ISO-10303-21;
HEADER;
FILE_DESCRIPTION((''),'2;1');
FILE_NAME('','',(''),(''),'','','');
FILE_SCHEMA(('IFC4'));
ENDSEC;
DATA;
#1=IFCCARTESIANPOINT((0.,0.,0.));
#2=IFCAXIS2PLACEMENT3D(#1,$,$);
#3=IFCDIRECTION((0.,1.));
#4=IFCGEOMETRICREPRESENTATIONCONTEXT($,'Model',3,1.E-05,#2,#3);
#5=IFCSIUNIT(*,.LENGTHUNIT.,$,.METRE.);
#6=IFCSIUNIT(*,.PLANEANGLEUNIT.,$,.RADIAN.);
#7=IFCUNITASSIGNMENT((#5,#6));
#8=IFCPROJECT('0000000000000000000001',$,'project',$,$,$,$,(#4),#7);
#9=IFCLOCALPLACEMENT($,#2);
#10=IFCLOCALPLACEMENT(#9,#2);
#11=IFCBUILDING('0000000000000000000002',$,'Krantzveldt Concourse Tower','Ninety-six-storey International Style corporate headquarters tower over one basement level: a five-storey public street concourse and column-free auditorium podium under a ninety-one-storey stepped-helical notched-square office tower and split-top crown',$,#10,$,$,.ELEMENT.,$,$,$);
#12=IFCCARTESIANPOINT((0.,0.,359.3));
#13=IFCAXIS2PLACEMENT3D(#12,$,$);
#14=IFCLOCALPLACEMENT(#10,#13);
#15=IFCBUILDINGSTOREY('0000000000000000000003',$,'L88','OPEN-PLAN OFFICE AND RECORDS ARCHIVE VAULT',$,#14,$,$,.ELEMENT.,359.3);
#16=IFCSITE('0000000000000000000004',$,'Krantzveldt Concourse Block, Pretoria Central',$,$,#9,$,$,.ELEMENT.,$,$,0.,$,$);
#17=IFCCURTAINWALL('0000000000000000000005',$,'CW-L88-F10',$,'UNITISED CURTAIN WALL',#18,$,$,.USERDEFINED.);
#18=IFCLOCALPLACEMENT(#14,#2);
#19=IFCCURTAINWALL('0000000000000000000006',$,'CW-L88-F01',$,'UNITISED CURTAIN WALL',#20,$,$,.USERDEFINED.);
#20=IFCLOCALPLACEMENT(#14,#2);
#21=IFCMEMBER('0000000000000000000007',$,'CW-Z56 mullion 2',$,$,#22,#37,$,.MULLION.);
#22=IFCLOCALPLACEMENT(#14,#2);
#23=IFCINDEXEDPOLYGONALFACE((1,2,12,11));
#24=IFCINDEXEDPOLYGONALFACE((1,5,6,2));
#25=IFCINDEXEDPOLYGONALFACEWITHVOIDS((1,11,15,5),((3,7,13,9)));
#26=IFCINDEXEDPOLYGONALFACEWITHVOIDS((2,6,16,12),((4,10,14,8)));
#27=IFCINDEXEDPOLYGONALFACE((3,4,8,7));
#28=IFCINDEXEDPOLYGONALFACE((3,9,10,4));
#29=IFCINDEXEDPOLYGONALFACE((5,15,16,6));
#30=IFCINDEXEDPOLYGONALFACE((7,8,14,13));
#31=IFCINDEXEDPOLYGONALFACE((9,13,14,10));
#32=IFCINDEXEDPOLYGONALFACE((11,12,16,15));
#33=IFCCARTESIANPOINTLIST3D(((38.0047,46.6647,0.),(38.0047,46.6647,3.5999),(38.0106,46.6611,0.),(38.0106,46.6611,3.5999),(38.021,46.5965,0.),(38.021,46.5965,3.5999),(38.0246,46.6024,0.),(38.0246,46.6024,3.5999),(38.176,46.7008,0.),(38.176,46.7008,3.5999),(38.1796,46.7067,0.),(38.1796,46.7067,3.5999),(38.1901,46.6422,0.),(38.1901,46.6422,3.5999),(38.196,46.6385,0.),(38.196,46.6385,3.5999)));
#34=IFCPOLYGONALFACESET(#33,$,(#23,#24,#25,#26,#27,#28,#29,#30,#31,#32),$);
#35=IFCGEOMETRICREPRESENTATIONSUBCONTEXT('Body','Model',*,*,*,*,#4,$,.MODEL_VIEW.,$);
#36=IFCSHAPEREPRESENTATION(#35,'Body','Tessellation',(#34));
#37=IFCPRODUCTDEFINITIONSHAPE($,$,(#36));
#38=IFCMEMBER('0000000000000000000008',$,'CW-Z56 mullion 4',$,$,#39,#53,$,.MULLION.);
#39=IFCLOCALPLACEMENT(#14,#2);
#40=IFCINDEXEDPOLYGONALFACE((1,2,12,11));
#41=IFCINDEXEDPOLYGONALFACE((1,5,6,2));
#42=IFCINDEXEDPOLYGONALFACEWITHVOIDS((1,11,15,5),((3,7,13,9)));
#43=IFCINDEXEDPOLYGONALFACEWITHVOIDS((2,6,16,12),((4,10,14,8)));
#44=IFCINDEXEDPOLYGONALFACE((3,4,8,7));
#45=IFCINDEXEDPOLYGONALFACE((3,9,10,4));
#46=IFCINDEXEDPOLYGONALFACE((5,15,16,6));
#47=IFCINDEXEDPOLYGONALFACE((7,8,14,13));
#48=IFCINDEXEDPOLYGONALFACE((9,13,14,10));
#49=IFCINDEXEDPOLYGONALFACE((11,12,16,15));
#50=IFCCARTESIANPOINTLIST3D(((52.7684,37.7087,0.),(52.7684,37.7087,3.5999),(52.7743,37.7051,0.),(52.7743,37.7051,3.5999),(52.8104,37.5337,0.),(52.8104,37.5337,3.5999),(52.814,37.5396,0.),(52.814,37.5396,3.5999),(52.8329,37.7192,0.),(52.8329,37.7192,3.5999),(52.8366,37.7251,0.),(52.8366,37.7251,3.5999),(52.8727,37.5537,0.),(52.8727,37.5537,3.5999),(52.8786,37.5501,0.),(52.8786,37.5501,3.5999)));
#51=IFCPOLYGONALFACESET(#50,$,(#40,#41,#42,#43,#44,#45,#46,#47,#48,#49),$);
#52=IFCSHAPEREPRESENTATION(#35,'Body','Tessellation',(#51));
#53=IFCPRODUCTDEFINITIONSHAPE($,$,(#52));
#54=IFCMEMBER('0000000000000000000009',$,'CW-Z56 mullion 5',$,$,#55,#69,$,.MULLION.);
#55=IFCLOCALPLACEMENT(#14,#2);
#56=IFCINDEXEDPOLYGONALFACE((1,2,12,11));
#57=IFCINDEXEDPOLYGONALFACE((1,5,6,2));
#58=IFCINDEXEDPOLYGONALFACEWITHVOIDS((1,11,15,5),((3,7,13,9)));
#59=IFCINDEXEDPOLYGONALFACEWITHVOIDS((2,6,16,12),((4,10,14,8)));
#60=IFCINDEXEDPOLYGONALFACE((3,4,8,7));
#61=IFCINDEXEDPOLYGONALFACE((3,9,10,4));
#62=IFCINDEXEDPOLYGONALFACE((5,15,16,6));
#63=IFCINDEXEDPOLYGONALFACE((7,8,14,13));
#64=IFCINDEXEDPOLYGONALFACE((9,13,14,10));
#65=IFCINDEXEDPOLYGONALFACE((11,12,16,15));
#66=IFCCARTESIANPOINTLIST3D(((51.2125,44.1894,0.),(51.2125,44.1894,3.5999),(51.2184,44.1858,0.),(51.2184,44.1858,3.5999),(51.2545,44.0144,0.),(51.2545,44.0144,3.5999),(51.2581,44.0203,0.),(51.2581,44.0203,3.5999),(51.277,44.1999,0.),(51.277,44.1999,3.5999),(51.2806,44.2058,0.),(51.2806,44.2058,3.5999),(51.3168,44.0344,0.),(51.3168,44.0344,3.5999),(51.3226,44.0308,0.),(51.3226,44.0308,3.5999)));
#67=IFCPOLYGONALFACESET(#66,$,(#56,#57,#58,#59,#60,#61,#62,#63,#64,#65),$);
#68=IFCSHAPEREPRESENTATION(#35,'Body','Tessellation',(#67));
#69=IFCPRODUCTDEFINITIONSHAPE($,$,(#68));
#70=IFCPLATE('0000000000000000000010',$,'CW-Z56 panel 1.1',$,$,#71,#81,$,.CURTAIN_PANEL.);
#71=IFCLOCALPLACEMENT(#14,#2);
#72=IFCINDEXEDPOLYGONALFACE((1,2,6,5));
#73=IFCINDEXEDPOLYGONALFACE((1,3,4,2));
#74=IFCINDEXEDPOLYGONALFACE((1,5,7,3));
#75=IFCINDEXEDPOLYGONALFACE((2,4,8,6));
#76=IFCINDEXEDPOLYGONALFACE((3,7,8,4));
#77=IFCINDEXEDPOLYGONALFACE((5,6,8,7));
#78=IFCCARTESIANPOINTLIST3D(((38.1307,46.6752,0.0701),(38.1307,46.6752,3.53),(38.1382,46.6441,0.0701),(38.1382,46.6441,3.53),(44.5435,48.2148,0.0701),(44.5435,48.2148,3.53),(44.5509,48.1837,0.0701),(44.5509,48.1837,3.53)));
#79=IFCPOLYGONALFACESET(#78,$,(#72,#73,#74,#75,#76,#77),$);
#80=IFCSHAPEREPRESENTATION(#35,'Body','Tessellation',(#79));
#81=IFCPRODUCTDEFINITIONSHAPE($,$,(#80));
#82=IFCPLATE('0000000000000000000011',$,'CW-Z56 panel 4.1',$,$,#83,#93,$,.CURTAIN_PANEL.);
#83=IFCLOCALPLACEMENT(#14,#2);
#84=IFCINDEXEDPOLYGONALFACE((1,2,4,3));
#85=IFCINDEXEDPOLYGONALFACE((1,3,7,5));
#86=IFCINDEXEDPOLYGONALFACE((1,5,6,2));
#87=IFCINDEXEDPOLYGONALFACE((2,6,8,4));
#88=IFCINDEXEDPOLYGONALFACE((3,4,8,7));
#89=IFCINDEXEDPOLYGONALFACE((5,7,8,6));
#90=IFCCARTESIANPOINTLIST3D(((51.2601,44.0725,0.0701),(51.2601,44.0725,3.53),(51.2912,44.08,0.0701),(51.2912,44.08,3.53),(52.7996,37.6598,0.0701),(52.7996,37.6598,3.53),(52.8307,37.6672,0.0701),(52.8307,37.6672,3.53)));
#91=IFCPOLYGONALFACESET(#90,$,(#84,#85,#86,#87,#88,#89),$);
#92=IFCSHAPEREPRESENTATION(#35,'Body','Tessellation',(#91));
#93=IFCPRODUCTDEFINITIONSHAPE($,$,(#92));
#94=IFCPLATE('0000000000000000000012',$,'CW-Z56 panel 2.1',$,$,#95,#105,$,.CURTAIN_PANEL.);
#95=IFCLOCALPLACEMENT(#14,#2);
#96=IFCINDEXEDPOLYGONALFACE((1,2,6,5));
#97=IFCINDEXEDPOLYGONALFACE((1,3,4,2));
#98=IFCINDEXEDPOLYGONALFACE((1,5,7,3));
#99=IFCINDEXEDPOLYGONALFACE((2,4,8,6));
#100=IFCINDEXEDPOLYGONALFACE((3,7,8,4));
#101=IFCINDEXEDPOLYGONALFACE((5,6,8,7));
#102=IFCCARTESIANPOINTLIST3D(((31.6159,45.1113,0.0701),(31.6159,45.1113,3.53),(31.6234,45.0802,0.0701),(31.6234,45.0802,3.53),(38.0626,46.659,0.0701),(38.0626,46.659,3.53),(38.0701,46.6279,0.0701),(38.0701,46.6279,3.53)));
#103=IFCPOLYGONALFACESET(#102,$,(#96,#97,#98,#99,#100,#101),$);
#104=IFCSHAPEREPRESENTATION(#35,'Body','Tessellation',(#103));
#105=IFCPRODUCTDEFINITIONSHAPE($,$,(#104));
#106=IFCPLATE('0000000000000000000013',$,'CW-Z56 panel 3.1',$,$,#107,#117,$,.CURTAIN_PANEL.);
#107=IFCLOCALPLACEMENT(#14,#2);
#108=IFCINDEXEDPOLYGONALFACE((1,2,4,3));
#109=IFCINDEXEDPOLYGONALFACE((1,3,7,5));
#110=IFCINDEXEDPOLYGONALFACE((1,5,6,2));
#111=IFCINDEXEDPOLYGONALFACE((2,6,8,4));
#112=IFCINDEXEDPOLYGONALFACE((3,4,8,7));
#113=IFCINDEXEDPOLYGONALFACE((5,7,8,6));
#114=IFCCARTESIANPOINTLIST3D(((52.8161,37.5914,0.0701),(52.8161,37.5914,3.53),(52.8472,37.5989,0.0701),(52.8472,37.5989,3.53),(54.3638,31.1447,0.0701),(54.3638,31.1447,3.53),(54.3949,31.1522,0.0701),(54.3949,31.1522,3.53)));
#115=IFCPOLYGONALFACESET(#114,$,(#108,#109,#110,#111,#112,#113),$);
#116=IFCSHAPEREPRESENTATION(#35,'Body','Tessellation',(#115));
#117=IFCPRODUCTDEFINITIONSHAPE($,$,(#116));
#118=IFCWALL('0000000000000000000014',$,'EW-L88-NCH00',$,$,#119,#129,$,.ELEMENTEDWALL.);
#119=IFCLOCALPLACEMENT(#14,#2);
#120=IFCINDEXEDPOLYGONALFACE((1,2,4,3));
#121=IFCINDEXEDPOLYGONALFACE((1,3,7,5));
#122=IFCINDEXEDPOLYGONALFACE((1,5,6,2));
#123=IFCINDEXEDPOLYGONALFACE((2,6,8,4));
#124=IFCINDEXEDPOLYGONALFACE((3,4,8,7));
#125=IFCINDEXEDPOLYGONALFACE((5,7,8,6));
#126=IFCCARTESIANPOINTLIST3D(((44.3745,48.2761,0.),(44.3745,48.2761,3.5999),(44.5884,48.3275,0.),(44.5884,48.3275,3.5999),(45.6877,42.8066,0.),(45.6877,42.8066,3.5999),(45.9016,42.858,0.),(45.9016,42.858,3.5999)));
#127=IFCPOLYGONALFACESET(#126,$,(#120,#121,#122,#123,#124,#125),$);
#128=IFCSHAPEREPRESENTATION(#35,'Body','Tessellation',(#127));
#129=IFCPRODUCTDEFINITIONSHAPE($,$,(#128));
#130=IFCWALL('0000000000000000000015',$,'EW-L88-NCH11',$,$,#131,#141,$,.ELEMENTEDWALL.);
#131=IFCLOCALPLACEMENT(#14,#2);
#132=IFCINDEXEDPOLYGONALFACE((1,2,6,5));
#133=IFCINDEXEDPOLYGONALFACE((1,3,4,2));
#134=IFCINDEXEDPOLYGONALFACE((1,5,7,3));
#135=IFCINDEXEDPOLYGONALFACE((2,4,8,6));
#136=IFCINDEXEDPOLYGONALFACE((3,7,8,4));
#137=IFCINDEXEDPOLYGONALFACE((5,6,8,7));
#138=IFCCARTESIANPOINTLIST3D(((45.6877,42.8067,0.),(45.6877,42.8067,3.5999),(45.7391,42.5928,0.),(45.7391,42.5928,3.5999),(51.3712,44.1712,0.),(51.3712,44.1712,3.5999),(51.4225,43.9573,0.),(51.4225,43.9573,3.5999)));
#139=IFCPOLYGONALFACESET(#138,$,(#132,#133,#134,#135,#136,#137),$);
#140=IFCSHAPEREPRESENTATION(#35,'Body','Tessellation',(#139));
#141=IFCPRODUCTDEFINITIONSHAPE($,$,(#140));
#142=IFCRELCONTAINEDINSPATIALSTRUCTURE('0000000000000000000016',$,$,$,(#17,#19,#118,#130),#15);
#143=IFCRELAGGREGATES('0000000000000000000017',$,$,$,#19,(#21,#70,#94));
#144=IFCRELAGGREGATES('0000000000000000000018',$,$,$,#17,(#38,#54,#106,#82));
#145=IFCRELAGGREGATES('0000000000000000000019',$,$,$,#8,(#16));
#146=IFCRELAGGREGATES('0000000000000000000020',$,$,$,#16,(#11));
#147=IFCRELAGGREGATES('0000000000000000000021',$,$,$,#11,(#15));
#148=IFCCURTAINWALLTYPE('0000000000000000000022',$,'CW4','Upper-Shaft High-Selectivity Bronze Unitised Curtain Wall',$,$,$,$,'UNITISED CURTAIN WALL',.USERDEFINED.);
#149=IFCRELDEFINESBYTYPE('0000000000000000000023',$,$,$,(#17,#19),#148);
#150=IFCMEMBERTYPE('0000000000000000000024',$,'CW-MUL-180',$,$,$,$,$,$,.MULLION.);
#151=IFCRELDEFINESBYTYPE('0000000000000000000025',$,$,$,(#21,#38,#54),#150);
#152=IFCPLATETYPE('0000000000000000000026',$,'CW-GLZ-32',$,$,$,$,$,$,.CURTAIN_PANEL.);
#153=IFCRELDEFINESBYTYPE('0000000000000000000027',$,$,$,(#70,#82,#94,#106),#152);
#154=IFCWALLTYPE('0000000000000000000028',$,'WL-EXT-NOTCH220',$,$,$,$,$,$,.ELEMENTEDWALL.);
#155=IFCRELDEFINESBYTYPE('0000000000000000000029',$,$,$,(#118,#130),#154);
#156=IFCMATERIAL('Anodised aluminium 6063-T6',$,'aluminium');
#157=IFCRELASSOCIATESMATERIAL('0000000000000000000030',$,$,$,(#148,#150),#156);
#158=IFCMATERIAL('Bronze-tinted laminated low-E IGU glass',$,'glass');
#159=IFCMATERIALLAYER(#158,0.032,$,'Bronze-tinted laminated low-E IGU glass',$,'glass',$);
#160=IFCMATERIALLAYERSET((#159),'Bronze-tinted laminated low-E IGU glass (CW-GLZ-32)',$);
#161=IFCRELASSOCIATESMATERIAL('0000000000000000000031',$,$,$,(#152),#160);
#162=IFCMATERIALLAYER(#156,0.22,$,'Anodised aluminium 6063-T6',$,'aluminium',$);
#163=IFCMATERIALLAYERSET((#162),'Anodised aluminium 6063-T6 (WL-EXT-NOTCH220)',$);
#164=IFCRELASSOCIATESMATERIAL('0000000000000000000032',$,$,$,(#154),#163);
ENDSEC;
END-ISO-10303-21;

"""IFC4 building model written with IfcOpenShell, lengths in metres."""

from ifc_helpers import new_model, si_unit, direction, frame, frame_2d, origin, origin_2d, place, context, subcontext, project, spatial, rectangle, hollow_rectangle, extrude, source, transform, mapped, material, layer, layer_set, material_profile, profile_set, type_object, type_shapes, element, aggregate, save


model = new_model("IFC4")

# Units and contexts
model_context = context("Model", 3, precision=1e-05, world=origin(), true_north=direction((0.0, 1.0)))
body_context = subcontext(model_context, "Body", "Model", "MODEL_VIEW")
ifc_project = project(units=[si_unit("LENGTHUNIT", "METRE"), si_unit("PLANEANGLEUNIT", "RADIAN")], contexts=[model_context])

# Site, building, storey
site_placement = place(None, origin())
site = spatial("IfcSite", under=ifc_project, at=site_placement, Name="Krantzveldt Concourse Block, Pretoria Central", CompositionType="ELEMENT", RefElevation=0.0)
building_placement = place(site_placement, origin())
building = spatial("IfcBuilding", under=site, at=building_placement, Name="Krantzveldt Concourse Tower", Description="Ninety-six-storey International Style corporate headquarters tower over one basement level: a five-storey public street concourse and column-free auditorium podium under a ninety-one-storey stepped-helical notched-square office tower and split-top crown", CompositionType="ELEMENT")
storey_placement = place(building_placement, frame((0.0, 0.0, 359.3)))
storey = spatial("IfcBuildingStorey", under=building, at=storey_placement, Name="L88", Description="OPEN-PLAN OFFICE AND RECORDS ARCHIVE VAULT", CompositionType="ELEMENT", Elevation=359.3)

# Curtain walls, member
ifc_material_1 = material(Name="Anodised aluminium 6063-T6", Category="aluminium")
curtain_wall_type = type_object("IfcCurtainWallType", Name="CW4", Description="Upper-Shaft High-Selectivity Bronze Unitised Curtain Wall", ElementType="UNITISED CURTAIN WALL", PredefinedType="USERDEFINED", material=ifc_material_1)
curtain_wall_1_placement = place(storey_placement, origin())
curtain_wall_1 = element("IfcCurtainWall", 1, at=curtain_wall_1_placement, inside=storey, type_object=curtain_wall_type, Name="CW-L88-F10", ObjectType="UNITISED CURTAIN WALL", PredefinedType="USERDEFINED")
curtain_wall_2_placement = place(storey_placement, origin())
curtain_wall_2 = element("IfcCurtainWall", 2, at=curtain_wall_2_placement, inside=storey, type_object=curtain_wall_type, Name="CW-L88-F01", ObjectType="UNITISED CURTAIN WALL", PredefinedType="USERDEFINED")
ifc_material_profile_1 = material_profile(ifc_material_1, hollow_rectangle(XDim=0.0701, YDim=0.1799, WallThickness=0.0049, at=origin_2d()), Name="Anodised aluminium 6063-T6", Category="aluminium")
ifc_profile_set_1 = profile_set([ifc_material_profile_1], Name="Anodised aluminium 6063-T6 - ALU-MULL 180x70x5")
member_type_1 = type_object("IfcMemberType", Name="CW-MUL-180", PredefinedType="MULLION", material=ifc_profile_set_1)
shared_shape_1 = source(origin(), body_context, "Body", "SweptSolid", [
    extrude(hollow_rectangle(XDim=0.0701, YDim=0.1799, WallThickness=0.0049, at=origin_2d()), origin(), (0.0, 0.0, 1.0), 3.5999),
])
type_shapes(member_type_1, [shared_shape_1])
member_1_placement = place(storey_placement, frame((38.1003, 46.6516, 0.0), z_axis=(0.0, 0.0, 1.0), x_axis=(0.233445, -0.97237, 0.0)))
member_1 = element("IfcMember", 3, at=member_1_placement, type_object=member_type_1, Name="CW-Z56 mullion 2", PredefinedType="MULLION", context=body_context, shape_type="MappedRepresentation", body=[
    mapped(shared_shape_1, transform((0.0, 0.0, 0.0), x_axis=(1.0, 0.0, 0.0), y_axis=(0.0, 1.0, 0.0), z_axis=(0.0, 0.0, 1.0), scale=1.0)),
])

# Members
member_2_placement = place(storey_placement, frame((52.8235, 37.6294, 0.0), z_axis=(0.0, 0.0, 1.0), x_axis=(-0.97237, -0.233445, 0.0)))
member_2 = element("IfcMember", 4, at=member_2_placement, type_object=member_type_1, Name="CW-Z56 mullion 4", PredefinedType="MULLION", context=body_context, shape_type="MappedRepresentation", body=[
    mapped(shared_shape_1, transform((0.0, 0.0, 0.0), x_axis=(1.0, 0.0, 0.0), y_axis=(0.0, 1.0, 0.0), z_axis=(0.0, 0.0, 1.0), scale=1.0)),
])
member_3_placement = place(storey_placement, frame((51.2676, 44.1101, 0.0), z_axis=(0.0, 0.0, 1.0), x_axis=(-0.97237, -0.233445, 0.0)))
member_3 = element("IfcMember", 5, at=member_3_placement, type_object=member_type_1, Name="CW-Z56 mullion 5", PredefinedType="MULLION", context=body_context, shape_type="MappedRepresentation", body=[
    mapped(shared_shape_1, transform((0.0, 0.0, 0.0), x_axis=(1.0, 0.0, 0.0), y_axis=(0.0, 1.0, 0.0), z_axis=(0.0, 0.0, 1.0), scale=1.0)),
])

# Plates
ifc_material_2 = material(Name="Bronze-tinted laminated low-E IGU glass", Category="glass")
ifc_layer_1 = layer(ifc_material_2, 0.032, Name="Bronze-tinted laminated low-E IGU glass", Category="glass")
ifc_layer_set_1 = layer_set([ifc_layer_1], Name="Bronze-tinted laminated low-E IGU glass (CW-GLZ-32)")
plate_type = type_object("IfcPlateType", Name="CW-GLZ-32", PredefinedType="CURTAIN_PANEL", material=ifc_layer_set_1)
shared_shape_2 = source(origin(), body_context, "Body", "SweptSolid", [
    extrude(rectangle(XDim=6.595, YDim=0.032, at=origin_2d()), origin(), (0.0, 0.0, 1.0), 3.46),
])
plate_1_placement = place(storey_placement, frame((41.3408, 47.4294, 0.0701), z_axis=(0.0, 0.0, 1.0), x_axis=(-0.97237, -0.233445, 0.0)))
plate_1 = element("IfcPlate", 6, at=plate_1_placement, type_object=plate_type, Name="CW-Z56 panel 1.1", PredefinedType="CURTAIN_PANEL", context=body_context, shape_type="MappedRepresentation", body=[
    mapped(shared_shape_2, transform((0.0, 0.0, 0.0), x_axis=(1.0, 0.0, 0.0), y_axis=(0.0, 1.0, 0.0), z_axis=(0.0, 0.0, 1.0), scale=1.0)),
])
plate_2_placement = place(storey_placement, frame((52.0454, 40.8699, 0.0701), z_axis=(0.0, 0.0, 1.0), x_axis=(-0.233445, 0.97237, 0.0)))
plate_2 = element("IfcPlate", 7, at=plate_2_placement, type_object=plate_type, Name="CW-Z56 panel 4.1", PredefinedType="CURTAIN_PANEL", context=body_context, shape_type="MappedRepresentation", body=[
    mapped(shared_shape_2, transform((0.0, 0.0, 0.0), x_axis=(1.0, 0.0, 0.0), y_axis=(0.0, 1.0, 0.0), z_axis=(0.0, 0.0, 1.0), scale=1.0)),
])
shared_shape_3 = source(origin(), body_context, "Body", "SweptSolid", [
    extrude(rectangle(XDim=6.6299, YDim=0.032, at=origin_2d()), origin(), (0.0, 0.0, 1.0), 3.46),
])
type_shapes(plate_type, [shared_shape_2, shared_shape_3])
plate_3_placement = place(storey_placement, frame((34.843, 45.8696, 0.0701), z_axis=(0.0, 0.0, 1.0), x_axis=(-0.97237, -0.233445, 0.0)))
plate_3 = element("IfcPlate", 8, at=plate_3_placement, type_object=plate_type, Name="CW-Z56 panel 2.1", PredefinedType="CURTAIN_PANEL", context=body_context, shape_type="MappedRepresentation", body=[
    mapped(shared_shape_3, transform((0.0, 0.0, 0.0), x_axis=(1.0, 0.0, 0.0), y_axis=(0.0, 1.0, 0.0), z_axis=(0.0, 0.0, 1.0), scale=1.0)),
])
aggregate(curtain_wall_2, [member_1, plate_1, plate_3])
plate_4_placement = place(storey_placement, frame((53.6055, 34.3718, 0.0701), z_axis=(0.0, 0.0, 1.0), x_axis=(-0.233445, 0.97237, 0.0)))
plate_4 = element("IfcPlate", 9, at=plate_4_placement, type_object=plate_type, Name="CW-Z56 panel 3.1", PredefinedType="CURTAIN_PANEL", context=body_context, shape_type="MappedRepresentation", body=[
    mapped(shared_shape_3, transform((0.0, 0.0, 0.0), x_axis=(1.0, 0.0, 0.0), y_axis=(0.0, 1.0, 0.0), z_axis=(0.0, 0.0, 1.0), scale=1.0)),
])
aggregate(curtain_wall_1, [member_2, member_3, plate_4, plate_2])

# Walls
ifc_layer_2 = layer(ifc_material_1, 0.22, Name="Anodised aluminium 6063-T6", Category="aluminium")
ifc_layer_set_2 = layer_set([ifc_layer_2], Name="Anodised aluminium 6063-T6 (WL-EXT-NOTCH220)")
wall_type = type_object("IfcWallType", Name="WL-EXT-NOTCH220", PredefinedType="ELEMENTEDWALL", material=ifc_layer_set_2)
wall_1_placement = place(storey_placement, frame((45.7947, 42.8323, 0.0), z_axis=(0.0, 0.0, 1.0), x_axis=(-0.233467, 0.972365, 0.0)))
element("IfcWall", 10, at=wall_1_placement, inside=storey, type_object=wall_type, Name="EW-L88-NCH00", PredefinedType="ELEMENTEDWALL", context=body_context, shape_type="SweptSolid", body=[
    extrude(rectangle(XDim=5.625, YDim=0.22, at=frame_2d((2.8125, 0.0))), origin(), (0.0, 0.0, 1.0), 3.5999),
])
wall_2_placement = place(storey_placement, frame((51.3967, 44.0642, 0.0), z_axis=(0.0, 0.0, 1.0), x_axis=(-0.972368, -0.233454, 0.0)))
element("IfcWall", 11, at=wall_2_placement, inside=storey, type_object=wall_type, Name="EW-L88-NCH11", PredefinedType="ELEMENTEDWALL", context=body_context, shape_type="SweptSolid", body=[
    extrude(rectangle(XDim=5.845, YDim=0.22, at=frame_2d((2.9224, 0.0))), origin(), (0.0, 0.0, 1.0), 3.5999),
])

save(model, "model.ifc")
